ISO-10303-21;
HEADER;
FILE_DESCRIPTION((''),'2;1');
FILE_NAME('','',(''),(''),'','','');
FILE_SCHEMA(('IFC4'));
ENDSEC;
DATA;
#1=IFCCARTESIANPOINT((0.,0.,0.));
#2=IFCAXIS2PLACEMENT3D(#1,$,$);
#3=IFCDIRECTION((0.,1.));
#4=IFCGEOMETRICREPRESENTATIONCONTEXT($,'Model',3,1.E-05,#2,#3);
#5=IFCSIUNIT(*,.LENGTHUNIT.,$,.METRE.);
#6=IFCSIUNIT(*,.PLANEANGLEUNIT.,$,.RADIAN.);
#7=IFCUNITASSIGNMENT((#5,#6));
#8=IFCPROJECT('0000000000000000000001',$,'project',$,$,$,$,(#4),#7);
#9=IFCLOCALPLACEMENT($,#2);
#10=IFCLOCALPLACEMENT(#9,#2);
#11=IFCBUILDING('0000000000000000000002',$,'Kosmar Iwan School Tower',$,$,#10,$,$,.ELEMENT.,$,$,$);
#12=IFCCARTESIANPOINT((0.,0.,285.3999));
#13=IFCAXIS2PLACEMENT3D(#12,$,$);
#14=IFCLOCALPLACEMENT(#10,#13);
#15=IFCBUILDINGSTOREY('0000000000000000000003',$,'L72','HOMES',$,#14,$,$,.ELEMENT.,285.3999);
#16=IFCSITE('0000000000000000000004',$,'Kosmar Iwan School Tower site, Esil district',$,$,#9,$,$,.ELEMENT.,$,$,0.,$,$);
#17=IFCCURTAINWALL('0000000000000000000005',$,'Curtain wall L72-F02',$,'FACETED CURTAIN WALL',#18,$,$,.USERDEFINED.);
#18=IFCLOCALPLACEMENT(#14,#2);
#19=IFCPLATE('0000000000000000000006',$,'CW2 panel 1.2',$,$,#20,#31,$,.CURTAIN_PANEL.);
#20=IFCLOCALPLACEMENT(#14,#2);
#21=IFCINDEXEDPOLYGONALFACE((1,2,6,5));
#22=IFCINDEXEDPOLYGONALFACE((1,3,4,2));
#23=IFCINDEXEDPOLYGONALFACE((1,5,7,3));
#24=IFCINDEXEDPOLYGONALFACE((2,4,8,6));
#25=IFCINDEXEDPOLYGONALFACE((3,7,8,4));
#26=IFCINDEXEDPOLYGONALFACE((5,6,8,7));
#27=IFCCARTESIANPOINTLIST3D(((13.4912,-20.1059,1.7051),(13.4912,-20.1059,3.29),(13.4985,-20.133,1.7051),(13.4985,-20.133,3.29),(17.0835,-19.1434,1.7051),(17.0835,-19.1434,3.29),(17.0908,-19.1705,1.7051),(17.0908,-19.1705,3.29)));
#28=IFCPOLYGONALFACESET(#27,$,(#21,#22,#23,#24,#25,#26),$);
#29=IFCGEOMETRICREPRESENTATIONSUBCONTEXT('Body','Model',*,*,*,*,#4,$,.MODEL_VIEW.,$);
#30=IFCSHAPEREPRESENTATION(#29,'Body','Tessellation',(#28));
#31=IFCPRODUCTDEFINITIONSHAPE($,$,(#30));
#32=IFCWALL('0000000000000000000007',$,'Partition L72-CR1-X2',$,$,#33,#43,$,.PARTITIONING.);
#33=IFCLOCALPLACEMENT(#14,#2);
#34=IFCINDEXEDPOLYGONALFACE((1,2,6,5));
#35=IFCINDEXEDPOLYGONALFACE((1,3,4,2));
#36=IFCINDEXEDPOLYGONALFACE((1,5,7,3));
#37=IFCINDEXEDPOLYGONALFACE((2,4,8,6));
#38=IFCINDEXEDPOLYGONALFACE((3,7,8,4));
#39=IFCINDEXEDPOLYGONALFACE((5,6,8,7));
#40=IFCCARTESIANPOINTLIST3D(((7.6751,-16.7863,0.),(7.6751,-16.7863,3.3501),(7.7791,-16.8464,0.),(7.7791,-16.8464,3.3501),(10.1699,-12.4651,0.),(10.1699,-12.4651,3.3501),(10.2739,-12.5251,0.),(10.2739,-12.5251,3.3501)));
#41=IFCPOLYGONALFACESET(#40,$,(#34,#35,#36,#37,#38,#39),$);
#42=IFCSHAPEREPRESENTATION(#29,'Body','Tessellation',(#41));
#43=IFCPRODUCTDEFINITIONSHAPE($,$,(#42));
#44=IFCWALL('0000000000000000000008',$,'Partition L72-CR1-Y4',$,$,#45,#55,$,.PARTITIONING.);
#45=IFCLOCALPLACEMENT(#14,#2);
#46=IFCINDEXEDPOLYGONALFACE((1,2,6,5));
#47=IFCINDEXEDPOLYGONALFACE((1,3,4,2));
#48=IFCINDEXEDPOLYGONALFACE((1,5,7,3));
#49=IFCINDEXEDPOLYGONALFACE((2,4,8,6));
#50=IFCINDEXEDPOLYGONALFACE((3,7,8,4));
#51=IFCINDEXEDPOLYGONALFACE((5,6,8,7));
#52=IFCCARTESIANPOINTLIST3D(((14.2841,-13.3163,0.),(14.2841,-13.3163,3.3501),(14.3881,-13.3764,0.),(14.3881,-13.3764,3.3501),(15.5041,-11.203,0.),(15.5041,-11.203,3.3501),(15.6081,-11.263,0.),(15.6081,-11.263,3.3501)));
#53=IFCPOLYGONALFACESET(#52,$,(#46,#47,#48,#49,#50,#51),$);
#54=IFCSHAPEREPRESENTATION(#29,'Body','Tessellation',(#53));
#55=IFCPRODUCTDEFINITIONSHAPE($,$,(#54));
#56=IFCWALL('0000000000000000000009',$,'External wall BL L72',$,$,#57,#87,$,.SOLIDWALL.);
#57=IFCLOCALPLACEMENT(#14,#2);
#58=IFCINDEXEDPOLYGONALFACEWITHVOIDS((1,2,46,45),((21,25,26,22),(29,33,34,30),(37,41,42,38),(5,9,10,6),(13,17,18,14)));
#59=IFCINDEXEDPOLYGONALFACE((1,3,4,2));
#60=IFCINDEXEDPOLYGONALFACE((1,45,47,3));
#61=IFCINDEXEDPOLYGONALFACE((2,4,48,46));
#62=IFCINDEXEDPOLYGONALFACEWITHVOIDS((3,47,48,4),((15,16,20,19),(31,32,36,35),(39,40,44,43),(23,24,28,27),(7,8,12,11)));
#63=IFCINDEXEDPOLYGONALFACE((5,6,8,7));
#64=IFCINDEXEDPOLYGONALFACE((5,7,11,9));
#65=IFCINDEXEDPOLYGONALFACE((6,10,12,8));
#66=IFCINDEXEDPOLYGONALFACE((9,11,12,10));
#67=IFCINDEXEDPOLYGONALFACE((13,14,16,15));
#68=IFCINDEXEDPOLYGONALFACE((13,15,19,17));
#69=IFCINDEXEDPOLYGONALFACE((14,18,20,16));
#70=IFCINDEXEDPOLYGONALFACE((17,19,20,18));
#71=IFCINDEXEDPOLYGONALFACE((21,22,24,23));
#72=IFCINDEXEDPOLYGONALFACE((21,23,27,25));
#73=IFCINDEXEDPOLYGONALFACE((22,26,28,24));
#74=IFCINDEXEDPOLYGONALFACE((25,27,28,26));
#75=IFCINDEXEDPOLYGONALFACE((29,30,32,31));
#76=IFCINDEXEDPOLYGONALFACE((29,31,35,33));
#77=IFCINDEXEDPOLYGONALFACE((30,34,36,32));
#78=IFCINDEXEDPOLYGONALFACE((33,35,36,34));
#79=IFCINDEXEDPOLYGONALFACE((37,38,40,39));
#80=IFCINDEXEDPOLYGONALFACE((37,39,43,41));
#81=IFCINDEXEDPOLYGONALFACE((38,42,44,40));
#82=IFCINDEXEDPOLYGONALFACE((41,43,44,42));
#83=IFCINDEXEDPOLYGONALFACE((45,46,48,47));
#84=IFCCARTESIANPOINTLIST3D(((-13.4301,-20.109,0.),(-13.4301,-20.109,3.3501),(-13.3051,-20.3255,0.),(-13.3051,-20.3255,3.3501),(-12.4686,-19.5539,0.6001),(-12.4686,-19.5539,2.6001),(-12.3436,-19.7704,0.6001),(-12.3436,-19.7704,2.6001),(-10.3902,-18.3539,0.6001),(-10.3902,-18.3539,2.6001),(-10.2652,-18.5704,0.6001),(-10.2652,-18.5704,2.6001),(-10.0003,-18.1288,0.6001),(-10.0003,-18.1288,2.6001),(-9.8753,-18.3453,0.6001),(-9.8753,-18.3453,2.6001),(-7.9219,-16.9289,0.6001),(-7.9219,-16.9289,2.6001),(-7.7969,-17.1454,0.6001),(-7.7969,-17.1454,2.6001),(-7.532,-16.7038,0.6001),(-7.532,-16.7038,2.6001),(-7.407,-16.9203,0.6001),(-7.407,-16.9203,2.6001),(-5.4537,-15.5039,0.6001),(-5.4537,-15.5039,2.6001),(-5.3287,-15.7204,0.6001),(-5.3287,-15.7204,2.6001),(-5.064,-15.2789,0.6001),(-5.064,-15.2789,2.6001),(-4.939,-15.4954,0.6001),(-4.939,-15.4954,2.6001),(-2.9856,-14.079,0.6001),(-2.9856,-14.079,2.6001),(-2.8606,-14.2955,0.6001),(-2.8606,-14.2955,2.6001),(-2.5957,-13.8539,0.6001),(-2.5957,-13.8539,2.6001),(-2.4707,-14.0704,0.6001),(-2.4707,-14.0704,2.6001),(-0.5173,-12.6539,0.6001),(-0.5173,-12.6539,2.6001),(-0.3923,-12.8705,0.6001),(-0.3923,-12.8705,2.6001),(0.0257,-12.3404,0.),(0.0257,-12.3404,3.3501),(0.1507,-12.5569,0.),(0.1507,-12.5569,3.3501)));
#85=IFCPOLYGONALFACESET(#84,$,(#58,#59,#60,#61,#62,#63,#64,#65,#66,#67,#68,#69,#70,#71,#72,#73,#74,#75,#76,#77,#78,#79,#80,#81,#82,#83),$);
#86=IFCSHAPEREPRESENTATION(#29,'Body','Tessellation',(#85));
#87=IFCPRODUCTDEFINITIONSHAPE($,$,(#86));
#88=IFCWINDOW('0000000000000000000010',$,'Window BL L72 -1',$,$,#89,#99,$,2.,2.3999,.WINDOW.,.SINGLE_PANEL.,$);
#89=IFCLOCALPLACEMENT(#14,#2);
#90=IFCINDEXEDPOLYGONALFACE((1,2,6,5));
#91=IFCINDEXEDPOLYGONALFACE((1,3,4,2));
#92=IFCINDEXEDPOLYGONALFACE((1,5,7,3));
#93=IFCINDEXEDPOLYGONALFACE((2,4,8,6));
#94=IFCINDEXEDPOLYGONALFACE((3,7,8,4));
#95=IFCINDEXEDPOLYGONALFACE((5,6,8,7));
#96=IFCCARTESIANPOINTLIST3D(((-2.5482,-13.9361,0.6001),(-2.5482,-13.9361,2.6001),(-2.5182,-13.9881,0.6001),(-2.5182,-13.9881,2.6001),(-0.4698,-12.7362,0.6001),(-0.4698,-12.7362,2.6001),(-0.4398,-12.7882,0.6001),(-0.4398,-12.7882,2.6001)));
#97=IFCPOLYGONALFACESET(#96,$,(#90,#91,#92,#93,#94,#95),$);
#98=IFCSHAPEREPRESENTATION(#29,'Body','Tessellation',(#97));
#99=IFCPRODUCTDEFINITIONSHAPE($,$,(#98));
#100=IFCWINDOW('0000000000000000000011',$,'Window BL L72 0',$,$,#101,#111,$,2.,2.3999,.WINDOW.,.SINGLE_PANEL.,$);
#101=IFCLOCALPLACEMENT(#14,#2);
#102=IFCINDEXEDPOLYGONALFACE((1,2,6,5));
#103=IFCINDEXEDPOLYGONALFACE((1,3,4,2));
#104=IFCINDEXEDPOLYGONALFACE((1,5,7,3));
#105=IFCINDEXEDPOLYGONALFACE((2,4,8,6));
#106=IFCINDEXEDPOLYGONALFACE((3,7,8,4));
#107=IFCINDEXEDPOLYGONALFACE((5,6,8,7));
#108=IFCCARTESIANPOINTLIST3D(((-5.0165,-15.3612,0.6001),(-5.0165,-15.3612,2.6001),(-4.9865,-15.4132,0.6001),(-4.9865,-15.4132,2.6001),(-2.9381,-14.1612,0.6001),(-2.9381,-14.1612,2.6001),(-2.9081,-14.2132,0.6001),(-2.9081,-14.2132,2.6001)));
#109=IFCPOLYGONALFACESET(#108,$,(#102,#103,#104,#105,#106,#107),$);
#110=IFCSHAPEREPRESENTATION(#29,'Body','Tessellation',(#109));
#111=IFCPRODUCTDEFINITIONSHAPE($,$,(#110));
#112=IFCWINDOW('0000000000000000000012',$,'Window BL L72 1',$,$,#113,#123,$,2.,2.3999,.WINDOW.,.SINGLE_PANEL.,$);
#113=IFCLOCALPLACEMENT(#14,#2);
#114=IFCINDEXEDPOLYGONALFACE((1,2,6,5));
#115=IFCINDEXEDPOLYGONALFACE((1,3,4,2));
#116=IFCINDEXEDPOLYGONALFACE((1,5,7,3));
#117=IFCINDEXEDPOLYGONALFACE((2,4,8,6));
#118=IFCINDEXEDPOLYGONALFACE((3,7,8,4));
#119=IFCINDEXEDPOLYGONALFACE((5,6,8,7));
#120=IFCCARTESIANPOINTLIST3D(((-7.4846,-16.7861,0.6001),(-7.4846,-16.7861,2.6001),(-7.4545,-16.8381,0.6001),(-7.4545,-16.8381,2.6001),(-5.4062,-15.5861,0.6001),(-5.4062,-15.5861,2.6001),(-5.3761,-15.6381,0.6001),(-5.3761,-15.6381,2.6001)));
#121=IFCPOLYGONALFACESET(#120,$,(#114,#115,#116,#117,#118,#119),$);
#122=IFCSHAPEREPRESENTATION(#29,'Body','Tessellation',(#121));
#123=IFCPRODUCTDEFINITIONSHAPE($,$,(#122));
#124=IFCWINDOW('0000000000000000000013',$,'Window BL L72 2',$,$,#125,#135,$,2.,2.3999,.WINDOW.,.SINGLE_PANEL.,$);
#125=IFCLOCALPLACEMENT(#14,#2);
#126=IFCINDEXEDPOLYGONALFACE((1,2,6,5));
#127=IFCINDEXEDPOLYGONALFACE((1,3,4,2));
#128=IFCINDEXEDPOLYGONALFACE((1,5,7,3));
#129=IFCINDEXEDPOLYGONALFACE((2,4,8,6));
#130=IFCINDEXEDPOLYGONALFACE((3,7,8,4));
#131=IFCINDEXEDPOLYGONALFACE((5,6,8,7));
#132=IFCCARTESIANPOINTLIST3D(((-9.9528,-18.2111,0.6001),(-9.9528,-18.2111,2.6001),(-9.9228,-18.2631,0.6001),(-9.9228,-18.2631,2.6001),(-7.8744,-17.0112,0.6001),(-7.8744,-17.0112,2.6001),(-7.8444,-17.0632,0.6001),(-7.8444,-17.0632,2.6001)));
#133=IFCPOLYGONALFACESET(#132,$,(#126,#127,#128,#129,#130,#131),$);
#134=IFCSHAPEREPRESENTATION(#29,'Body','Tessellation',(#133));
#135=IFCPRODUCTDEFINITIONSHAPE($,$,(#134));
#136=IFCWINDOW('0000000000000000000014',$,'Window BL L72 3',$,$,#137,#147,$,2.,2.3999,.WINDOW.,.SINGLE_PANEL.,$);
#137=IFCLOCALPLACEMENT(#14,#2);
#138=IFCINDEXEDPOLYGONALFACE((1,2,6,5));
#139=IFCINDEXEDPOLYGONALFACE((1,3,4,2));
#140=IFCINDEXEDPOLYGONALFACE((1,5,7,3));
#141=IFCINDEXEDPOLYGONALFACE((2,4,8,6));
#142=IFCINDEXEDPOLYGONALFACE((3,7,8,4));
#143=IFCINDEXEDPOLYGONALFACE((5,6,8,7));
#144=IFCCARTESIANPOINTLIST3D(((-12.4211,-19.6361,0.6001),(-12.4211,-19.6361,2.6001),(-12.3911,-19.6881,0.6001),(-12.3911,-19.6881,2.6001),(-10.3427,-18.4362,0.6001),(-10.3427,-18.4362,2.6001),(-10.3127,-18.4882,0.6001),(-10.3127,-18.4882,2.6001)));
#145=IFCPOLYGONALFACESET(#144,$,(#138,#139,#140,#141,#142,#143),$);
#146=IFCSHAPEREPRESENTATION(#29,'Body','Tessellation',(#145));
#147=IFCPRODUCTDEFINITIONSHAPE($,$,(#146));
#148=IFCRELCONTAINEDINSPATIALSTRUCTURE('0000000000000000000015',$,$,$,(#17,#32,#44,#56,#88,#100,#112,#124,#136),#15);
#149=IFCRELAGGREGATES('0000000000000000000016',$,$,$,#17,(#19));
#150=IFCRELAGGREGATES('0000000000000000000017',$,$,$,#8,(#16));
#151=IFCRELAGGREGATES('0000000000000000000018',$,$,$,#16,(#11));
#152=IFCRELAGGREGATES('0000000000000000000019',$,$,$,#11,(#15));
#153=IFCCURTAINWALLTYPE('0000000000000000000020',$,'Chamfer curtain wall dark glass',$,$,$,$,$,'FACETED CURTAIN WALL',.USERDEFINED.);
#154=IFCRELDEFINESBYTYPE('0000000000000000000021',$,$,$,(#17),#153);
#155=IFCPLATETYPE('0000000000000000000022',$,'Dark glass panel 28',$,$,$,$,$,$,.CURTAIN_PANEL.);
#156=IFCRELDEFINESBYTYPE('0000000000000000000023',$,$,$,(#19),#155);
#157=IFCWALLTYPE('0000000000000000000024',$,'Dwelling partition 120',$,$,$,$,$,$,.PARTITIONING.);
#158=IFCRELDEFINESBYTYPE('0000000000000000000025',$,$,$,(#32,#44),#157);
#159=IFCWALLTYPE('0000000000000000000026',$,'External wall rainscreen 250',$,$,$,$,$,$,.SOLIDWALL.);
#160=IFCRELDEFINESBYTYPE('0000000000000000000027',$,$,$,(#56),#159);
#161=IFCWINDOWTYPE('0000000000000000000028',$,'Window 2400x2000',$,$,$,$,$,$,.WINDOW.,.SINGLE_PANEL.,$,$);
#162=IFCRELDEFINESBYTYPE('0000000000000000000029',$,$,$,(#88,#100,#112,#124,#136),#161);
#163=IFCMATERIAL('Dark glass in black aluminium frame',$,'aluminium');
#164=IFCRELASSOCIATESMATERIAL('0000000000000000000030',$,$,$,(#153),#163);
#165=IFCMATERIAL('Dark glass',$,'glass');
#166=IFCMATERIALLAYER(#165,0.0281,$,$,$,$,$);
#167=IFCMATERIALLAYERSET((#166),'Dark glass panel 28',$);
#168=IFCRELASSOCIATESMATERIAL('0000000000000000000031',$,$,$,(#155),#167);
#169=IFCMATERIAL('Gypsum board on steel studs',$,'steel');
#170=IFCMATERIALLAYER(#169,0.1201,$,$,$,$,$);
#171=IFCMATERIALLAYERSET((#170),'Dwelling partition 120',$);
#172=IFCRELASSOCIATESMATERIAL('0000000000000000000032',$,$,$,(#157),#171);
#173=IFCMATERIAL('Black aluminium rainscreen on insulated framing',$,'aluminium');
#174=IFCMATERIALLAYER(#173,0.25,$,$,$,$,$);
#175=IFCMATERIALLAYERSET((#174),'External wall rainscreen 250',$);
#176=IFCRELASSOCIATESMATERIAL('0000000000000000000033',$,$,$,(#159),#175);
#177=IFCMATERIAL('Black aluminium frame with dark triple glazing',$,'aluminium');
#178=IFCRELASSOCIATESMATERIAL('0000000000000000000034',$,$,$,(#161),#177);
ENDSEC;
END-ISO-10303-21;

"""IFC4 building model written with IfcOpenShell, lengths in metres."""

from ifc_helpers import new_model, si_unit, direction, frame, frame_2d, origin, origin_2d, place, context, subcontext, project, spatial, rectangle, extrude, material, layer, layer_set, type_object, element, fill, aggregate, save


model = new_model("IFC4")

# Units and contexts
model_context = context("Model", 3, precision=1e-05, world=origin(), true_north=direction((0.0, 1.0)))
body_context = subcontext(model_context, "Body", "Model", "MODEL_VIEW")
ifc_project = project(units=[si_unit("LENGTHUNIT", "METRE"), si_unit("PLANEANGLEUNIT", "RADIAN")], contexts=[model_context])

# Site, building, storey
site_placement = place(None, origin())
site = spatial("IfcSite", under=ifc_project, at=site_placement, Name="Kosmar Iwan School Tower site, Esil district", CompositionType="ELEMENT", RefElevation=0.0)
building_placement = place(site_placement, origin())
building = spatial("IfcBuilding", under=site, at=building_placement, Name="Kosmar Iwan School Tower", CompositionType="ELEMENT")
storey_placement = place(building_placement, frame((0.0, 0.0, 285.3999)))
storey = spatial("IfcBuildingStorey", under=building, at=storey_placement, Name="L72", Description="HOMES", CompositionType="ELEMENT", Elevation=285.3999)

# Curtain wall
ifc_material_1 = material(Name="Dark glass in black aluminium frame", Category="aluminium")
curtain_wall_type = type_object("IfcCurtainWallType", Name="Chamfer curtain wall dark glass", ElementType="FACETED CURTAIN WALL", PredefinedType="USERDEFINED", material=ifc_material_1)
curtain_wall_placement = place(storey_placement, origin())
curtain_wall = element("IfcCurtainWall", 1, at=curtain_wall_placement, inside=storey, type_object=curtain_wall_type, Name="Curtain wall L72-F02", ObjectType="FACETED CURTAIN WALL", PredefinedType="USERDEFINED")

# Plate
ifc_material_2 = material(Name="Dark glass", Category="glass")
ifc_layer_1 = layer(ifc_material_2, 0.0281)
ifc_layer_set_1 = layer_set([ifc_layer_1], Name="Dark glass panel 28")
plate_type = type_object("IfcPlateType", Name="Dark glass panel 28", PredefinedType="CURTAIN_PANEL", material=ifc_layer_set_1)
plate_1_placement = place(storey_placement, frame((15.291, -19.6382, 1.7051), z_axis=(0.0, 0.0, 1.0), x_axis=(0.965926, 0.258819, 0.0)))
plate_1 = element("IfcPlate", 2, at=plate_1_placement, type_object=plate_type, Name="CW2 panel 1.2", PredefinedType="CURTAIN_PANEL", context=body_context, shape_type="SweptSolid", body=[
    extrude(rectangle(XDim=3.719, YDim=0.0281, at=origin_2d()), origin(), (0.0, 0.0, 1.0), 1.585),
])
aggregate(curtain_wall, [plate_1])

# Walls
ifc_material_3 = material(Name="Gypsum board on steel studs", Category="steel")
ifc_layer_2 = layer(ifc_material_3, 0.1201)
ifc_layer_set_2 = layer_set([ifc_layer_2], Name="Dwelling partition 120")
wall_type_1 = type_object("IfcWallType", Name="Dwelling partition 120", PredefinedType="PARTITIONING", material=ifc_layer_set_2)
wall_1_placement = place(storey_placement, frame((10.2219, -12.4951, 0.0), z_axis=(0.0, 0.0, 1.0), x_axis=(-0.499996, -0.866028, 0.0)))
element("IfcWall", 3, at=wall_1_placement, inside=storey, type_object=wall_type_1, Name="Partition L72-CR1-X2", PredefinedType="PARTITIONING", context=body_context, shape_type="SweptSolid", body=[
    extrude(rectangle(XDim=4.9897, YDim=0.1201, at=frame_2d((2.4949, 0.0))), origin(), (0.0, 0.0, 1.0), 3.3501),
])
wall_2_placement = place(storey_placement, frame((15.5562, -11.2329, 0.0), z_axis=(0.0, 0.0, 1.0), x_axis=(-0.499959, -0.866049, 0.0)))
element("IfcWall", 4, at=wall_2_placement, inside=storey, type_object=wall_type_1, Name="Partition L72-CR1-Y4", PredefinedType="PARTITIONING", context=body_context, shape_type="SweptSolid", body=[
    extrude(rectangle(XDim=2.4402, YDim=0.1201, at=frame_2d((1.2202, 0.0))), origin(), (0.0, 0.0, 1.0), 3.3501),
])

# Wall, openings, windows
ifc_material_4 = material(Name="Black aluminium rainscreen on insulated framing", Category="aluminium")
ifc_layer_3 = layer(ifc_material_4, 0.25)
ifc_layer_set_3 = layer_set([ifc_layer_3], Name="External wall rainscreen 250")
wall_type_2 = type_object("IfcWallType", Name="External wall rainscreen 250", PredefinedType="SOLIDWALL", material=ifc_layer_set_3)
wall_3_placement = place(storey_placement, frame((0.0881, -12.4487, 0.0), z_axis=(0.0, 0.0, 1.0), x_axis=(-0.86603, -0.499992, 0.0)))
wall_3 = element("IfcWall", 5, at=wall_3_placement, inside=storey, type_object=wall_type_2, Name="External wall BL L72", PredefinedType="SOLIDWALL", context=body_context, shape_type="SweptSolid", body=[
    extrude(rectangle(XDim=15.5374, YDim=0.25, at=frame_2d((7.7686, 0.0))), origin(), (0.0, 0.0, 1.0), 3.3501),
])
opening_1_placement = place(wall_3_placement, frame((0.627, 0.0, 0.6001)))
opening_1 = element("IfcOpeningElement", 6, at=opening_1_placement, cuts=wall_3, PredefinedType="OPENING", context=body_context, shape_type="SweptSolid", body=[
    extrude(rectangle(XDim=2.3999, YDim=2.0, at=frame_2d((1.2, 1.0))), frame((0.0, 0.137, 0.0), z_axis=(0.0, -1.0, 0.0), x_axis=(1.0, 0.0, 0.0)), (0.0, 0.0, 1.0), 0.2739),
])
opening_2_placement = place(wall_3_placement, frame((3.4771, 0.0, 0.6001)))
opening_2 = element("IfcOpeningElement", 7, at=opening_2_placement, cuts=wall_3, PredefinedType="OPENING", context=body_context, shape_type="SweptSolid", body=[
    extrude(rectangle(XDim=2.3999, YDim=2.0, at=frame_2d((1.2, 1.0))), frame((0.0, 0.137, 0.0), z_axis=(0.0, -1.0, 0.0), x_axis=(1.0, 0.0, 0.0)), (0.0, 0.0, 1.0), 0.2739),
])
opening_3_placement = place(wall_3_placement, frame((6.3269, 0.0, 0.6001)))
opening_3 = element("IfcOpeningElement", 8, at=opening_3_placement, cuts=wall_3, PredefinedType="OPENING", context=body_context, shape_type="SweptSolid", body=[
    extrude(rectangle(XDim=2.3999, YDim=2.0, at=frame_2d((1.2, 1.0))), frame((0.0, 0.137, 0.0), z_axis=(0.0, -1.0, 0.0), x_axis=(1.0, 0.0, 0.0)), (0.0, 0.0, 1.0), 0.2739),
])
opening_4_placement = place(wall_3_placement, frame((9.177, 0.0, 0.6001)))
opening_4 = element("IfcOpeningElement", 9, at=opening_4_placement, cuts=wall_3, PredefinedType="OPENING", context=body_context, shape_type="SweptSolid", body=[
    extrude(rectangle(XDim=2.3999, YDim=2.0, at=frame_2d((1.2, 1.0))), frame((0.0, 0.137, 0.0), z_axis=(0.0, -1.0, 0.0), x_axis=(1.0, 0.0, 0.0)), (0.0, 0.0, 1.0), 0.2739),
])
opening_5_placement = place(wall_3_placement, frame((12.0271, 0.0, 0.6001)))
opening_5 = element("IfcOpeningElement", 10, at=opening_5_placement, cuts=wall_3, PredefinedType="OPENING", context=body_context, shape_type="SweptSolid", body=[
    extrude(rectangle(XDim=2.3999, YDim=2.0, at=frame_2d((1.2, 1.0))), frame((0.0, 0.137, 0.0), z_axis=(0.0, -1.0, 0.0), x_axis=(1.0, 0.0, 0.0)), (0.0, 0.0, 1.0), 0.2739),
])
ifc_material_5 = material(Name="Black aluminium frame with dark triple glazing", Category="aluminium")
window_type = type_object("IfcWindowType", Name="Window 2400x2000", PartitioningType="SINGLE_PANEL", PredefinedType="WINDOW", material=ifc_material_5)
window_1_placement = place(opening_1_placement, origin())
window_1 = element("IfcWindow", 11, at=window_1_placement, inside=storey, type_object=window_type, Name="Window BL L72 -1", OverallHeight=2.0, OverallWidth=2.3999, PartitioningType="SINGLE_PANEL", PredefinedType="WINDOW", context=body_context, shape_type="SweptSolid", body=[
    extrude(rectangle(XDim=2.3999, YDim=2.0, at=frame_2d((1.2, 1.0))), frame((0.0, 0.03, 0.0), z_axis=(0.0, -1.0, 0.0), x_axis=(1.0, 0.0, 0.0)), (0.0, 0.0, 1.0), 0.0601),
])
fill(opening_1, window_1)
window_2_placement = place(opening_2_placement, origin())
window_2 = element("IfcWindow", 12, at=window_2_placement, inside=storey, type_object=window_type, Name="Window BL L72 0", OverallHeight=2.0, OverallWidth=2.3999, PartitioningType="SINGLE_PANEL", PredefinedType="WINDOW", context=body_context, shape_type="SweptSolid", body=[
    extrude(rectangle(XDim=2.3999, YDim=2.0, at=frame_2d((1.2, 1.0))), frame((0.0, 0.03, 0.0), z_axis=(0.0, -1.0, 0.0), x_axis=(1.0, 0.0, 0.0)), (0.0, 0.0, 1.0), 0.0601),
])
fill(opening_2, window_2)
window_3_placement = place(opening_3_placement, origin())
window_3 = element("IfcWindow", 13, at=window_3_placement, inside=storey, type_object=window_type, Name="Window BL L72 1", OverallHeight=2.0, OverallWidth=2.3999, PartitioningType="SINGLE_PANEL", PredefinedType="WINDOW", context=body_context, shape_type="SweptSolid", body=[
    extrude(rectangle(XDim=2.3999, YDim=2.0, at=frame_2d((1.2, 1.0))), frame((0.0, 0.03, 0.0), z_axis=(0.0, -1.0, 0.0), x_axis=(1.0, 0.0, 0.0)), (0.0, 0.0, 1.0), 0.0601),
])
fill(opening_3, window_3)
window_4_placement = place(opening_4_placement, origin())
window_4 = element("IfcWindow", 14, at=window_4_placement, inside=storey, type_object=window_type, Name="Window BL L72 2", OverallHeight=2.0, OverallWidth=2.3999, PartitioningType="SINGLE_PANEL", PredefinedType="WINDOW", context=body_context, shape_type="SweptSolid", body=[
    extrude(rectangle(XDim=2.3999, YDim=2.0, at=frame_2d((1.2, 1.0))), frame((0.0, 0.03, 0.0), z_axis=(0.0, -1.0, 0.0), x_axis=(1.0, 0.0, 0.0)), (0.0, 0.0, 1.0), 0.0601),
])
fill(opening_4, window_4)
window_5_placement = place(opening_5_placement, origin())
window_5 = element("IfcWindow", 15, at=window_5_placement, inside=storey, type_object=window_type, Name="Window BL L72 3", OverallHeight=2.0, OverallWidth=2.3999, PartitioningType="SINGLE_PANEL", PredefinedType="WINDOW", context=body_context, shape_type="SweptSolid", body=[
    extrude(rectangle(XDim=2.3999, YDim=2.0, at=frame_2d((1.2, 1.0))), frame((0.0, 0.03, 0.0), z_axis=(0.0, -1.0, 0.0), x_axis=(1.0, 0.0, 0.0)), (0.0, 0.0, 1.0), 0.0601),
])
fill(opening_5, window_5)

save(model, "model.ifc")
